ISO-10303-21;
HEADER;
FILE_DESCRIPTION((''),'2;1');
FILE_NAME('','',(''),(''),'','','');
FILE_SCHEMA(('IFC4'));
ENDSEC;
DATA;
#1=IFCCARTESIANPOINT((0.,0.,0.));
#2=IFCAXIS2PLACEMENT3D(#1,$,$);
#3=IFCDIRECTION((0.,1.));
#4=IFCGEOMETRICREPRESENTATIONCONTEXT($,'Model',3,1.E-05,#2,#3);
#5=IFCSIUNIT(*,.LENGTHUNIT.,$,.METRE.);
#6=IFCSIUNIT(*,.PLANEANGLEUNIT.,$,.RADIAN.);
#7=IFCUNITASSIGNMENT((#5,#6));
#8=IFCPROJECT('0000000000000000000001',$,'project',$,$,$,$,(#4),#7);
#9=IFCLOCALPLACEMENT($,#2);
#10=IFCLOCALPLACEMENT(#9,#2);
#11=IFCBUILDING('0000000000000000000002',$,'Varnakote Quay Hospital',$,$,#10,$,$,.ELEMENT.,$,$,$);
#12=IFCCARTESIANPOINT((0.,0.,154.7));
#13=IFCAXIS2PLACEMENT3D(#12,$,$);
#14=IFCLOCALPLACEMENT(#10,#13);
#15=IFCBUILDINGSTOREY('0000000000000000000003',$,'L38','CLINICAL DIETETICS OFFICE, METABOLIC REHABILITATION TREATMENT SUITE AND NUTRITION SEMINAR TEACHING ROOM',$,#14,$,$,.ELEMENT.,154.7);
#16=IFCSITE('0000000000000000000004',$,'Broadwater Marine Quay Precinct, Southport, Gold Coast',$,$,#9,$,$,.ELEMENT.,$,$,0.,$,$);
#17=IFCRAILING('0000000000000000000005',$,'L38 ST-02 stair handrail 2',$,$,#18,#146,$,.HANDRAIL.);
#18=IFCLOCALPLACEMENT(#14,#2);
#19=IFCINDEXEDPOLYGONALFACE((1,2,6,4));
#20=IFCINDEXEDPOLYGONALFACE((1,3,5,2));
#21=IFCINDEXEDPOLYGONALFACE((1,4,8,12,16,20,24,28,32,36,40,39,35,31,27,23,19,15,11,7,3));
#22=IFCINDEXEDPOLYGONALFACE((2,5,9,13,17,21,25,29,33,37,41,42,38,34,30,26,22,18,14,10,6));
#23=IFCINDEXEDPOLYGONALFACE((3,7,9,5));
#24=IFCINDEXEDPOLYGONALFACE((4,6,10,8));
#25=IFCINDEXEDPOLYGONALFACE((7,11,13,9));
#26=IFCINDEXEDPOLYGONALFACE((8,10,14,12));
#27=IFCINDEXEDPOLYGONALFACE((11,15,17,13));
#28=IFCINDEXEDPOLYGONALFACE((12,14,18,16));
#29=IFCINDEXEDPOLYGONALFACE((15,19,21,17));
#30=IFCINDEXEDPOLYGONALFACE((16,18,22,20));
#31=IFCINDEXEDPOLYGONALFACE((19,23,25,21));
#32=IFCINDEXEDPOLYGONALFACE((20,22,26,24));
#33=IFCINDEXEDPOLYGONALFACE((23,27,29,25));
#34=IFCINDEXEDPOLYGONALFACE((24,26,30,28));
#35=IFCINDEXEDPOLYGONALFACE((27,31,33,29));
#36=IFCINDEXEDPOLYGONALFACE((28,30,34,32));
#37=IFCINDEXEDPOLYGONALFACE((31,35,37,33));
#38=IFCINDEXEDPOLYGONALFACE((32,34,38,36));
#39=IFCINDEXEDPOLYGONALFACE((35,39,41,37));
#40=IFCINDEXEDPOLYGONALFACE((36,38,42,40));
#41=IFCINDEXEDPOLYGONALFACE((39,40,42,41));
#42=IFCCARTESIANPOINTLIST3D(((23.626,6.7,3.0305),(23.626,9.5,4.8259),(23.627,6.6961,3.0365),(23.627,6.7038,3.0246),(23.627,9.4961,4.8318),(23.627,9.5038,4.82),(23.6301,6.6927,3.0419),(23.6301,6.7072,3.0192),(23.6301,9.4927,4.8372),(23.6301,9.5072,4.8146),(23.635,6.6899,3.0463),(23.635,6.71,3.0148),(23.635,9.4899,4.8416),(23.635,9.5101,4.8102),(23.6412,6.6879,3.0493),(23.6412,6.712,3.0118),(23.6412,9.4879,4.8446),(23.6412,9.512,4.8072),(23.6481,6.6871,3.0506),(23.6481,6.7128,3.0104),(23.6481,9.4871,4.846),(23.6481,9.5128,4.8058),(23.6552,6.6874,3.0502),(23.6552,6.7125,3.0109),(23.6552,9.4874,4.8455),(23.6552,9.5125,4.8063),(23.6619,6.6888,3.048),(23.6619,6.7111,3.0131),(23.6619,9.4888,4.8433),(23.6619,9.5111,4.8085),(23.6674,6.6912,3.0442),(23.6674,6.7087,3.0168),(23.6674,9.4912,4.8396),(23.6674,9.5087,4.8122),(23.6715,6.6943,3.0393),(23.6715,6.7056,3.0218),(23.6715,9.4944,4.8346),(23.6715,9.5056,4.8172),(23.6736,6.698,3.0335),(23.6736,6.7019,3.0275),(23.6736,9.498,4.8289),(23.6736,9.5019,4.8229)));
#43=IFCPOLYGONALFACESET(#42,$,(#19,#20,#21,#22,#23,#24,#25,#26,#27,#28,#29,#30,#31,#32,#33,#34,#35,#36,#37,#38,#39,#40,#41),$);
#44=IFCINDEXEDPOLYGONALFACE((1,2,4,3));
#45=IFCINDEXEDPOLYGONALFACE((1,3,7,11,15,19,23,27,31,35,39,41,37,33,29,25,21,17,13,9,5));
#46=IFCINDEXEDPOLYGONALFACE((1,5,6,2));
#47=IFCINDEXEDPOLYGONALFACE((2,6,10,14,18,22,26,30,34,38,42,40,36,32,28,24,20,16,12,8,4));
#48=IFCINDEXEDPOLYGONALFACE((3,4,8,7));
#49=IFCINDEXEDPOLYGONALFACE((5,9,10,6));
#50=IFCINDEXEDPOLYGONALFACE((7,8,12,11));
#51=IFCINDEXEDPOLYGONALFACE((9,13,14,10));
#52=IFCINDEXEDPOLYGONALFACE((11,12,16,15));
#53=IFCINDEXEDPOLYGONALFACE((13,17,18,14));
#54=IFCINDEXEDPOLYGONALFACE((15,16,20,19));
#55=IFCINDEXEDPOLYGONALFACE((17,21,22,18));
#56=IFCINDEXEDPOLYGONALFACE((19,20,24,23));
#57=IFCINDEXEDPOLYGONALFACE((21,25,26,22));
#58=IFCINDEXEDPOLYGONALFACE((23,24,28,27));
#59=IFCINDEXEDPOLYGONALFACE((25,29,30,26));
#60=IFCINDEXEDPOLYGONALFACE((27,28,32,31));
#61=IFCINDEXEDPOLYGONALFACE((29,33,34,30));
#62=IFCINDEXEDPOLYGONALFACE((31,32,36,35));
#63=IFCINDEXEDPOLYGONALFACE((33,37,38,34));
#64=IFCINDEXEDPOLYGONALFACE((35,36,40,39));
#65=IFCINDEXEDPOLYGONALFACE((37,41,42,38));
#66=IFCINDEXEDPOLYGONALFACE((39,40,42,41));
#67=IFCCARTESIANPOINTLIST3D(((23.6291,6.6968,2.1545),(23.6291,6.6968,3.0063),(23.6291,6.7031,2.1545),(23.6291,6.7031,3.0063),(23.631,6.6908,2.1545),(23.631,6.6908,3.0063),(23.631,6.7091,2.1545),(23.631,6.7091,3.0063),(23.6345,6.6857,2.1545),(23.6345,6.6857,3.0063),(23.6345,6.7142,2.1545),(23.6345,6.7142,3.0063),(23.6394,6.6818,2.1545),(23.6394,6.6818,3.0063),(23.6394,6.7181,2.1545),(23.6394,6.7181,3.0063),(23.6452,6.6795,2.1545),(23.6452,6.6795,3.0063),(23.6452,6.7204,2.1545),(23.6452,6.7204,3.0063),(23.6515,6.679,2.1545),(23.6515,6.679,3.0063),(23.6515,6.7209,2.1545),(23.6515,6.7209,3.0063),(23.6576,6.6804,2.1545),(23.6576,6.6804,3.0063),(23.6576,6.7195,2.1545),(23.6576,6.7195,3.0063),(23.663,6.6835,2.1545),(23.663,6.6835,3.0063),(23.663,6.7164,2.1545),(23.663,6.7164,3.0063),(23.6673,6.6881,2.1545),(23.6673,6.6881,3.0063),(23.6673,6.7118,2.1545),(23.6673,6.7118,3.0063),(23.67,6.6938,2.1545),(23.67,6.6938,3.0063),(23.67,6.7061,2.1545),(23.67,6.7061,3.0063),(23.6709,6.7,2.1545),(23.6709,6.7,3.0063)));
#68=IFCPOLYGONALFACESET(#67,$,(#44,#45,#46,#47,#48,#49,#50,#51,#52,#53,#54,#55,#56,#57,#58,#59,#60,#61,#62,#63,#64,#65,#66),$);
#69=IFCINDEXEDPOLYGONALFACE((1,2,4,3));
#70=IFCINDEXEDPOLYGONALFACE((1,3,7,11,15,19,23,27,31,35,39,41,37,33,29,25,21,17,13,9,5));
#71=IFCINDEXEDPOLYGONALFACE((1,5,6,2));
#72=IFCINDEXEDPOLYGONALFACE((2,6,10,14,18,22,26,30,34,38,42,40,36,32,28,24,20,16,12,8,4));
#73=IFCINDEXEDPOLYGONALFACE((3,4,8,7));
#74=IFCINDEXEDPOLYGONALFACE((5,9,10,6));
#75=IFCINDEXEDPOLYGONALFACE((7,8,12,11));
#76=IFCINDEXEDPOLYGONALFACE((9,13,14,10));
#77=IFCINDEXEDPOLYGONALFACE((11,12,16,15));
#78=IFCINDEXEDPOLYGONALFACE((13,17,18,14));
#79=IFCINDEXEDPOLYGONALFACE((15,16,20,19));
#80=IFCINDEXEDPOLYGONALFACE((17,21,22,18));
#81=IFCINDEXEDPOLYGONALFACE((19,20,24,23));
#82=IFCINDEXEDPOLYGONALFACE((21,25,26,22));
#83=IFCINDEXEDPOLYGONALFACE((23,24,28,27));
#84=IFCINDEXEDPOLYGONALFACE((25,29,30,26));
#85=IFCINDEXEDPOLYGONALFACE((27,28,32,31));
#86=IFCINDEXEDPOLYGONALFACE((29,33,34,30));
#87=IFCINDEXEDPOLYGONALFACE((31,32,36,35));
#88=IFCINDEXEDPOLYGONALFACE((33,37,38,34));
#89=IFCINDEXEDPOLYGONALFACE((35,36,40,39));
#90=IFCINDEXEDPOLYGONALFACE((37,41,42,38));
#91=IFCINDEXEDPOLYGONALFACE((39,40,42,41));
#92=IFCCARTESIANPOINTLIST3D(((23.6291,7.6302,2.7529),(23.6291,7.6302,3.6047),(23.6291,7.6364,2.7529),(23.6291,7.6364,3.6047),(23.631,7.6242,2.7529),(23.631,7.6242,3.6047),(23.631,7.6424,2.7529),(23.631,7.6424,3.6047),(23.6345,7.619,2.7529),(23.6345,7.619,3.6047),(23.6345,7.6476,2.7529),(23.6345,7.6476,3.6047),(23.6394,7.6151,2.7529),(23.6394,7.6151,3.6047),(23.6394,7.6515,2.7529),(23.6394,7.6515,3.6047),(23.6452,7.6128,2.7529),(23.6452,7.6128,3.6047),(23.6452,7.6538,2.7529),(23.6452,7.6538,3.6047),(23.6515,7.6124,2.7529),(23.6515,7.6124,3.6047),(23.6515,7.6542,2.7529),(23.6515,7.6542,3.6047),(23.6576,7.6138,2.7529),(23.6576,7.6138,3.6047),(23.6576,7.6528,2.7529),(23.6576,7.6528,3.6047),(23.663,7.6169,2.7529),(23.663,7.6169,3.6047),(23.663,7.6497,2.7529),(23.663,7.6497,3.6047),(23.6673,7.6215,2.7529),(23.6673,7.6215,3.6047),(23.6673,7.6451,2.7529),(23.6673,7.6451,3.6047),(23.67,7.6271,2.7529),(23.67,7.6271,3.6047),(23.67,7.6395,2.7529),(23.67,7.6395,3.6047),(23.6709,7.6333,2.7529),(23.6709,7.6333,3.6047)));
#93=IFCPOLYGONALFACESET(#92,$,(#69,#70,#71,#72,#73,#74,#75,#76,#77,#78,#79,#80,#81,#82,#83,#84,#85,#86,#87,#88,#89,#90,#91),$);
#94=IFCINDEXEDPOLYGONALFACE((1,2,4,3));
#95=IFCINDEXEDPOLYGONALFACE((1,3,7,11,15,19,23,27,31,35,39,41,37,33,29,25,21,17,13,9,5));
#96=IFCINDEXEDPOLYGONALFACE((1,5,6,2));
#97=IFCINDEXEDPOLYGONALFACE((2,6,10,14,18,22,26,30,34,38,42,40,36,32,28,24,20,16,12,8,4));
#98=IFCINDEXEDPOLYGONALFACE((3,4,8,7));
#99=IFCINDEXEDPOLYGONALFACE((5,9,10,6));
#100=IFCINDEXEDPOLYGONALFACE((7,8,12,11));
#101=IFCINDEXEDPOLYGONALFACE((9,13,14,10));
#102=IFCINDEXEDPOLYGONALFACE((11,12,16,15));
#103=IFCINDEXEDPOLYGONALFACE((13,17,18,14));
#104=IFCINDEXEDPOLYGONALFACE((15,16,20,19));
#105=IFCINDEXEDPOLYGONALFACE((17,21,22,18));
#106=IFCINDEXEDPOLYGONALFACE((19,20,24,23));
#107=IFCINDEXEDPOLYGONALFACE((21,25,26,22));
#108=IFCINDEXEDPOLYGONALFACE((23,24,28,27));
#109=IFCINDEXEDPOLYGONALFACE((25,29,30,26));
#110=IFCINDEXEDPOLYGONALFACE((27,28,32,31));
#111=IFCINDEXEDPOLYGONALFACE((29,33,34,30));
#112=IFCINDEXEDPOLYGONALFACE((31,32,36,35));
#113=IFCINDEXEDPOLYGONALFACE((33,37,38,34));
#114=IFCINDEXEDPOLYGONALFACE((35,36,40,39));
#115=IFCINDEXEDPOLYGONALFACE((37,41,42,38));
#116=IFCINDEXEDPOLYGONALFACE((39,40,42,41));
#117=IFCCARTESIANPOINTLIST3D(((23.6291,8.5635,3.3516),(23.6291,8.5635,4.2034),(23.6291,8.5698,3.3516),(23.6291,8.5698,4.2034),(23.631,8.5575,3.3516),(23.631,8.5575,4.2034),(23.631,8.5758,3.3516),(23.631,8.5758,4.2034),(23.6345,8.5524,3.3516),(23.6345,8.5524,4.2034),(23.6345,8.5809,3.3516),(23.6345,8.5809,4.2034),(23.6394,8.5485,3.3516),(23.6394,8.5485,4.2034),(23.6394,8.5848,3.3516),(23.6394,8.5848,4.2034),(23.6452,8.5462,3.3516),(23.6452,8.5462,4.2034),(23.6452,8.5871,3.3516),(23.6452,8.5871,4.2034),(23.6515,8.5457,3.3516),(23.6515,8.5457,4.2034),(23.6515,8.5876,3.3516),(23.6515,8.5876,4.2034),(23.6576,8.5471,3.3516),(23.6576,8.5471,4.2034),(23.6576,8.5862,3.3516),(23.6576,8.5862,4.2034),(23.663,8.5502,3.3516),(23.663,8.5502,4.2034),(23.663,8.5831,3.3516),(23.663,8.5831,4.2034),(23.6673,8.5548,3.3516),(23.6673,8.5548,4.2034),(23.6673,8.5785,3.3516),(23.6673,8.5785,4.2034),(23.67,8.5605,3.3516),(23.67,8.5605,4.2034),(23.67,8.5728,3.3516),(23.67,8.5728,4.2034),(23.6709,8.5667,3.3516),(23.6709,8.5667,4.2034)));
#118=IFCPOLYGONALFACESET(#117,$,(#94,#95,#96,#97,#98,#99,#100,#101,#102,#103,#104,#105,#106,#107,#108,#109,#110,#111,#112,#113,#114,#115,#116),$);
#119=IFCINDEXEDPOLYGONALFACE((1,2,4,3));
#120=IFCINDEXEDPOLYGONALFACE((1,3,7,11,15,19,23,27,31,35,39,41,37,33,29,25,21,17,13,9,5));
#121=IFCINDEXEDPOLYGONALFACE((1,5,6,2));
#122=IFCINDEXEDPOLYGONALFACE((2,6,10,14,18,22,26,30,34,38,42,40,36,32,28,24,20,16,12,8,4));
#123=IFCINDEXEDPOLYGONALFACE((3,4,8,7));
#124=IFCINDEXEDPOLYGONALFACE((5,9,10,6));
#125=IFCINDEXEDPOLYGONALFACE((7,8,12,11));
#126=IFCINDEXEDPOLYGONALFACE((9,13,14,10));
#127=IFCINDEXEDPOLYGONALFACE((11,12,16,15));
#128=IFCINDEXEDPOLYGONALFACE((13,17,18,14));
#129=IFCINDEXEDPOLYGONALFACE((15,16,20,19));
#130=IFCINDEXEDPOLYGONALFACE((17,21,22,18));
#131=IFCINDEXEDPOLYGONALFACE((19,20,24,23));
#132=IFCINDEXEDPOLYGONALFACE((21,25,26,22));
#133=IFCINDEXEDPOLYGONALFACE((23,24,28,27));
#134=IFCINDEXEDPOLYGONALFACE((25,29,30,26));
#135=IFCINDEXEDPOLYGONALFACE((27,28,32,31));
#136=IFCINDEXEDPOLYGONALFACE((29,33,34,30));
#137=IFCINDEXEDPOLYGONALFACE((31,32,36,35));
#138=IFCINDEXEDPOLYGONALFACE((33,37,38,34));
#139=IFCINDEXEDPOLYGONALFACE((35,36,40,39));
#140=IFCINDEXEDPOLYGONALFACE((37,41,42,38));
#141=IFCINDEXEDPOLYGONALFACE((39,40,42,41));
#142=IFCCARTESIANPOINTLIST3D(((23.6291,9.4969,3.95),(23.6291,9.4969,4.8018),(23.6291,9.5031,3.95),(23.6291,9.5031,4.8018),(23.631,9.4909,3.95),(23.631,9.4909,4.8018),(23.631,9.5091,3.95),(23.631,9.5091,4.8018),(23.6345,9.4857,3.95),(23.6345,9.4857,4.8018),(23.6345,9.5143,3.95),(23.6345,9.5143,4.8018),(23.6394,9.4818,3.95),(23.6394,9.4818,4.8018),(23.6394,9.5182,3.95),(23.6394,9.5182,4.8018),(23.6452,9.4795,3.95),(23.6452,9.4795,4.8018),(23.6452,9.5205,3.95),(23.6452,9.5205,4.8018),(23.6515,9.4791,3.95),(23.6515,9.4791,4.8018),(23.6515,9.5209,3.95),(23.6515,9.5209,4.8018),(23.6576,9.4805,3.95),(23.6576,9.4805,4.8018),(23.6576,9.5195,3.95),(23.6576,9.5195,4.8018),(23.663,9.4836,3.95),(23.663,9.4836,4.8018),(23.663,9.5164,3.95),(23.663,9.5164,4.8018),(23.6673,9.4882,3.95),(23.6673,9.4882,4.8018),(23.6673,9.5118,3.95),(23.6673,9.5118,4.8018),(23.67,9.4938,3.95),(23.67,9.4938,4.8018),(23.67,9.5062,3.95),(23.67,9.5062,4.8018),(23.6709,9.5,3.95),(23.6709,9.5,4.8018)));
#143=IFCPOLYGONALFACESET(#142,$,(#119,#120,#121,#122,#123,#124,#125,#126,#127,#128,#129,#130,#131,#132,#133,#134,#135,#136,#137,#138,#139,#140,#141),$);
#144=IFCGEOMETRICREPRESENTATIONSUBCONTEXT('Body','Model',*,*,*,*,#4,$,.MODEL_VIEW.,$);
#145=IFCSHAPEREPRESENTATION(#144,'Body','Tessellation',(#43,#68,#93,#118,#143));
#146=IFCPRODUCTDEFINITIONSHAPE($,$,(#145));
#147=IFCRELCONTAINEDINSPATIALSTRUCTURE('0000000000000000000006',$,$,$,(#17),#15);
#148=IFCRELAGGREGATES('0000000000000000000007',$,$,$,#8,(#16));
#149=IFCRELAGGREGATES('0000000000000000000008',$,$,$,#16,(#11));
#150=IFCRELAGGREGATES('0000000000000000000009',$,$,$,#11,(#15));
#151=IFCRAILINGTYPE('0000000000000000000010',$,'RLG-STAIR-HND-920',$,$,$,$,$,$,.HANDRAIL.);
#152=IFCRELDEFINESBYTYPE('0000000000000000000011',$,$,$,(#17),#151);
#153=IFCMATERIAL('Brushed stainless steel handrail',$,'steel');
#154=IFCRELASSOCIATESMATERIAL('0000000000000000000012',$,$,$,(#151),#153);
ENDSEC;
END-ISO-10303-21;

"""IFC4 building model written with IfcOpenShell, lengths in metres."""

from ifc_helpers import new_model, si_unit, direction, frame, origin, origin_2d, place, context, subcontext, project, spatial, circle, extrude, material, type_object, element, save


model = new_model("IFC4")

# Units and contexts
model_context = context("Model", 3, precision=1e-05, world=origin(), true_north=direction((0.0, 1.0)))
body_context = subcontext(model_context, "Body", "Model", "MODEL_VIEW")
ifc_project = project(units=[si_unit("LENGTHUNIT", "METRE"), si_unit("PLANEANGLEUNIT", "RADIAN")], contexts=[model_context])

# Site, building, storey
site_placement = place(None, origin())
site = spatial("IfcSite", under=ifc_project, at=site_placement, Name="Broadwater Marine Quay Precinct, Southport, Gold Coast", CompositionType="ELEMENT", RefElevation=0.0)
building_placement = place(site_placement, origin())
building = spatial("IfcBuilding", under=site, at=building_placement, Name="Varnakote Quay Hospital", CompositionType="ELEMENT")
storey_placement = place(building_placement, frame((0.0, 0.0, 154.7)))
storey = spatial("IfcBuildingStorey", under=building, at=storey_placement, Name="L38", Description="CLINICAL DIETETICS OFFICE, METABOLIC REHABILITATION TREATMENT SUITE AND NUTRITION SEMINAR TEACHING ROOM", CompositionType="ELEMENT", Elevation=154.7)

# Railing
ifc_material_1 = material(Name="Brushed stainless steel handrail", Category="steel")
railing_type_1 = type_object("IfcRailingType", Name="RLG-STAIR-HND-920", PredefinedType="HANDRAIL", material=ifc_material_1)
railing_1_placement = place(storey_placement, frame((23.6499, 6.7, 2.1545)))
element("IfcRailing", 1, at=railing_1_placement, inside=storey, type_object=railing_type_1, Name="L38 ST-02 stair handrail 2", PredefinedType="HANDRAIL", context=body_context, shape_type="SweptSolid", body=[
    extrude(circle(Radius=0.0239, at=origin_2d()), frame((0.0, 0.0, 0.876), z_axis=(0.0, 0.84181, 0.539774), x_axis=(-1.0, 0.0, 0.0)), (0.0, 0.0, 1.0), 3.3262),
    extrude(circle(Radius=0.021, at=origin_2d()), origin(), (0.0, 0.0, 1.0), 0.8518),
    extrude(circle(Radius=0.021, at=origin_2d()), frame((0.0, 0.9333, 0.5984)), (0.0, 0.0, 1.0), 0.8518),
    extrude(circle(Radius=0.021, at=origin_2d()), frame((0.0, 1.8667, 1.197)), (0.0, 0.0, 1.0), 0.8518),
    extrude(circle(Radius=0.021, at=origin_2d()), frame((0.0, 2.8, 1.7954)), (0.0, 0.0, 1.0), 0.8518),
])

save(model, "model.ifc")
